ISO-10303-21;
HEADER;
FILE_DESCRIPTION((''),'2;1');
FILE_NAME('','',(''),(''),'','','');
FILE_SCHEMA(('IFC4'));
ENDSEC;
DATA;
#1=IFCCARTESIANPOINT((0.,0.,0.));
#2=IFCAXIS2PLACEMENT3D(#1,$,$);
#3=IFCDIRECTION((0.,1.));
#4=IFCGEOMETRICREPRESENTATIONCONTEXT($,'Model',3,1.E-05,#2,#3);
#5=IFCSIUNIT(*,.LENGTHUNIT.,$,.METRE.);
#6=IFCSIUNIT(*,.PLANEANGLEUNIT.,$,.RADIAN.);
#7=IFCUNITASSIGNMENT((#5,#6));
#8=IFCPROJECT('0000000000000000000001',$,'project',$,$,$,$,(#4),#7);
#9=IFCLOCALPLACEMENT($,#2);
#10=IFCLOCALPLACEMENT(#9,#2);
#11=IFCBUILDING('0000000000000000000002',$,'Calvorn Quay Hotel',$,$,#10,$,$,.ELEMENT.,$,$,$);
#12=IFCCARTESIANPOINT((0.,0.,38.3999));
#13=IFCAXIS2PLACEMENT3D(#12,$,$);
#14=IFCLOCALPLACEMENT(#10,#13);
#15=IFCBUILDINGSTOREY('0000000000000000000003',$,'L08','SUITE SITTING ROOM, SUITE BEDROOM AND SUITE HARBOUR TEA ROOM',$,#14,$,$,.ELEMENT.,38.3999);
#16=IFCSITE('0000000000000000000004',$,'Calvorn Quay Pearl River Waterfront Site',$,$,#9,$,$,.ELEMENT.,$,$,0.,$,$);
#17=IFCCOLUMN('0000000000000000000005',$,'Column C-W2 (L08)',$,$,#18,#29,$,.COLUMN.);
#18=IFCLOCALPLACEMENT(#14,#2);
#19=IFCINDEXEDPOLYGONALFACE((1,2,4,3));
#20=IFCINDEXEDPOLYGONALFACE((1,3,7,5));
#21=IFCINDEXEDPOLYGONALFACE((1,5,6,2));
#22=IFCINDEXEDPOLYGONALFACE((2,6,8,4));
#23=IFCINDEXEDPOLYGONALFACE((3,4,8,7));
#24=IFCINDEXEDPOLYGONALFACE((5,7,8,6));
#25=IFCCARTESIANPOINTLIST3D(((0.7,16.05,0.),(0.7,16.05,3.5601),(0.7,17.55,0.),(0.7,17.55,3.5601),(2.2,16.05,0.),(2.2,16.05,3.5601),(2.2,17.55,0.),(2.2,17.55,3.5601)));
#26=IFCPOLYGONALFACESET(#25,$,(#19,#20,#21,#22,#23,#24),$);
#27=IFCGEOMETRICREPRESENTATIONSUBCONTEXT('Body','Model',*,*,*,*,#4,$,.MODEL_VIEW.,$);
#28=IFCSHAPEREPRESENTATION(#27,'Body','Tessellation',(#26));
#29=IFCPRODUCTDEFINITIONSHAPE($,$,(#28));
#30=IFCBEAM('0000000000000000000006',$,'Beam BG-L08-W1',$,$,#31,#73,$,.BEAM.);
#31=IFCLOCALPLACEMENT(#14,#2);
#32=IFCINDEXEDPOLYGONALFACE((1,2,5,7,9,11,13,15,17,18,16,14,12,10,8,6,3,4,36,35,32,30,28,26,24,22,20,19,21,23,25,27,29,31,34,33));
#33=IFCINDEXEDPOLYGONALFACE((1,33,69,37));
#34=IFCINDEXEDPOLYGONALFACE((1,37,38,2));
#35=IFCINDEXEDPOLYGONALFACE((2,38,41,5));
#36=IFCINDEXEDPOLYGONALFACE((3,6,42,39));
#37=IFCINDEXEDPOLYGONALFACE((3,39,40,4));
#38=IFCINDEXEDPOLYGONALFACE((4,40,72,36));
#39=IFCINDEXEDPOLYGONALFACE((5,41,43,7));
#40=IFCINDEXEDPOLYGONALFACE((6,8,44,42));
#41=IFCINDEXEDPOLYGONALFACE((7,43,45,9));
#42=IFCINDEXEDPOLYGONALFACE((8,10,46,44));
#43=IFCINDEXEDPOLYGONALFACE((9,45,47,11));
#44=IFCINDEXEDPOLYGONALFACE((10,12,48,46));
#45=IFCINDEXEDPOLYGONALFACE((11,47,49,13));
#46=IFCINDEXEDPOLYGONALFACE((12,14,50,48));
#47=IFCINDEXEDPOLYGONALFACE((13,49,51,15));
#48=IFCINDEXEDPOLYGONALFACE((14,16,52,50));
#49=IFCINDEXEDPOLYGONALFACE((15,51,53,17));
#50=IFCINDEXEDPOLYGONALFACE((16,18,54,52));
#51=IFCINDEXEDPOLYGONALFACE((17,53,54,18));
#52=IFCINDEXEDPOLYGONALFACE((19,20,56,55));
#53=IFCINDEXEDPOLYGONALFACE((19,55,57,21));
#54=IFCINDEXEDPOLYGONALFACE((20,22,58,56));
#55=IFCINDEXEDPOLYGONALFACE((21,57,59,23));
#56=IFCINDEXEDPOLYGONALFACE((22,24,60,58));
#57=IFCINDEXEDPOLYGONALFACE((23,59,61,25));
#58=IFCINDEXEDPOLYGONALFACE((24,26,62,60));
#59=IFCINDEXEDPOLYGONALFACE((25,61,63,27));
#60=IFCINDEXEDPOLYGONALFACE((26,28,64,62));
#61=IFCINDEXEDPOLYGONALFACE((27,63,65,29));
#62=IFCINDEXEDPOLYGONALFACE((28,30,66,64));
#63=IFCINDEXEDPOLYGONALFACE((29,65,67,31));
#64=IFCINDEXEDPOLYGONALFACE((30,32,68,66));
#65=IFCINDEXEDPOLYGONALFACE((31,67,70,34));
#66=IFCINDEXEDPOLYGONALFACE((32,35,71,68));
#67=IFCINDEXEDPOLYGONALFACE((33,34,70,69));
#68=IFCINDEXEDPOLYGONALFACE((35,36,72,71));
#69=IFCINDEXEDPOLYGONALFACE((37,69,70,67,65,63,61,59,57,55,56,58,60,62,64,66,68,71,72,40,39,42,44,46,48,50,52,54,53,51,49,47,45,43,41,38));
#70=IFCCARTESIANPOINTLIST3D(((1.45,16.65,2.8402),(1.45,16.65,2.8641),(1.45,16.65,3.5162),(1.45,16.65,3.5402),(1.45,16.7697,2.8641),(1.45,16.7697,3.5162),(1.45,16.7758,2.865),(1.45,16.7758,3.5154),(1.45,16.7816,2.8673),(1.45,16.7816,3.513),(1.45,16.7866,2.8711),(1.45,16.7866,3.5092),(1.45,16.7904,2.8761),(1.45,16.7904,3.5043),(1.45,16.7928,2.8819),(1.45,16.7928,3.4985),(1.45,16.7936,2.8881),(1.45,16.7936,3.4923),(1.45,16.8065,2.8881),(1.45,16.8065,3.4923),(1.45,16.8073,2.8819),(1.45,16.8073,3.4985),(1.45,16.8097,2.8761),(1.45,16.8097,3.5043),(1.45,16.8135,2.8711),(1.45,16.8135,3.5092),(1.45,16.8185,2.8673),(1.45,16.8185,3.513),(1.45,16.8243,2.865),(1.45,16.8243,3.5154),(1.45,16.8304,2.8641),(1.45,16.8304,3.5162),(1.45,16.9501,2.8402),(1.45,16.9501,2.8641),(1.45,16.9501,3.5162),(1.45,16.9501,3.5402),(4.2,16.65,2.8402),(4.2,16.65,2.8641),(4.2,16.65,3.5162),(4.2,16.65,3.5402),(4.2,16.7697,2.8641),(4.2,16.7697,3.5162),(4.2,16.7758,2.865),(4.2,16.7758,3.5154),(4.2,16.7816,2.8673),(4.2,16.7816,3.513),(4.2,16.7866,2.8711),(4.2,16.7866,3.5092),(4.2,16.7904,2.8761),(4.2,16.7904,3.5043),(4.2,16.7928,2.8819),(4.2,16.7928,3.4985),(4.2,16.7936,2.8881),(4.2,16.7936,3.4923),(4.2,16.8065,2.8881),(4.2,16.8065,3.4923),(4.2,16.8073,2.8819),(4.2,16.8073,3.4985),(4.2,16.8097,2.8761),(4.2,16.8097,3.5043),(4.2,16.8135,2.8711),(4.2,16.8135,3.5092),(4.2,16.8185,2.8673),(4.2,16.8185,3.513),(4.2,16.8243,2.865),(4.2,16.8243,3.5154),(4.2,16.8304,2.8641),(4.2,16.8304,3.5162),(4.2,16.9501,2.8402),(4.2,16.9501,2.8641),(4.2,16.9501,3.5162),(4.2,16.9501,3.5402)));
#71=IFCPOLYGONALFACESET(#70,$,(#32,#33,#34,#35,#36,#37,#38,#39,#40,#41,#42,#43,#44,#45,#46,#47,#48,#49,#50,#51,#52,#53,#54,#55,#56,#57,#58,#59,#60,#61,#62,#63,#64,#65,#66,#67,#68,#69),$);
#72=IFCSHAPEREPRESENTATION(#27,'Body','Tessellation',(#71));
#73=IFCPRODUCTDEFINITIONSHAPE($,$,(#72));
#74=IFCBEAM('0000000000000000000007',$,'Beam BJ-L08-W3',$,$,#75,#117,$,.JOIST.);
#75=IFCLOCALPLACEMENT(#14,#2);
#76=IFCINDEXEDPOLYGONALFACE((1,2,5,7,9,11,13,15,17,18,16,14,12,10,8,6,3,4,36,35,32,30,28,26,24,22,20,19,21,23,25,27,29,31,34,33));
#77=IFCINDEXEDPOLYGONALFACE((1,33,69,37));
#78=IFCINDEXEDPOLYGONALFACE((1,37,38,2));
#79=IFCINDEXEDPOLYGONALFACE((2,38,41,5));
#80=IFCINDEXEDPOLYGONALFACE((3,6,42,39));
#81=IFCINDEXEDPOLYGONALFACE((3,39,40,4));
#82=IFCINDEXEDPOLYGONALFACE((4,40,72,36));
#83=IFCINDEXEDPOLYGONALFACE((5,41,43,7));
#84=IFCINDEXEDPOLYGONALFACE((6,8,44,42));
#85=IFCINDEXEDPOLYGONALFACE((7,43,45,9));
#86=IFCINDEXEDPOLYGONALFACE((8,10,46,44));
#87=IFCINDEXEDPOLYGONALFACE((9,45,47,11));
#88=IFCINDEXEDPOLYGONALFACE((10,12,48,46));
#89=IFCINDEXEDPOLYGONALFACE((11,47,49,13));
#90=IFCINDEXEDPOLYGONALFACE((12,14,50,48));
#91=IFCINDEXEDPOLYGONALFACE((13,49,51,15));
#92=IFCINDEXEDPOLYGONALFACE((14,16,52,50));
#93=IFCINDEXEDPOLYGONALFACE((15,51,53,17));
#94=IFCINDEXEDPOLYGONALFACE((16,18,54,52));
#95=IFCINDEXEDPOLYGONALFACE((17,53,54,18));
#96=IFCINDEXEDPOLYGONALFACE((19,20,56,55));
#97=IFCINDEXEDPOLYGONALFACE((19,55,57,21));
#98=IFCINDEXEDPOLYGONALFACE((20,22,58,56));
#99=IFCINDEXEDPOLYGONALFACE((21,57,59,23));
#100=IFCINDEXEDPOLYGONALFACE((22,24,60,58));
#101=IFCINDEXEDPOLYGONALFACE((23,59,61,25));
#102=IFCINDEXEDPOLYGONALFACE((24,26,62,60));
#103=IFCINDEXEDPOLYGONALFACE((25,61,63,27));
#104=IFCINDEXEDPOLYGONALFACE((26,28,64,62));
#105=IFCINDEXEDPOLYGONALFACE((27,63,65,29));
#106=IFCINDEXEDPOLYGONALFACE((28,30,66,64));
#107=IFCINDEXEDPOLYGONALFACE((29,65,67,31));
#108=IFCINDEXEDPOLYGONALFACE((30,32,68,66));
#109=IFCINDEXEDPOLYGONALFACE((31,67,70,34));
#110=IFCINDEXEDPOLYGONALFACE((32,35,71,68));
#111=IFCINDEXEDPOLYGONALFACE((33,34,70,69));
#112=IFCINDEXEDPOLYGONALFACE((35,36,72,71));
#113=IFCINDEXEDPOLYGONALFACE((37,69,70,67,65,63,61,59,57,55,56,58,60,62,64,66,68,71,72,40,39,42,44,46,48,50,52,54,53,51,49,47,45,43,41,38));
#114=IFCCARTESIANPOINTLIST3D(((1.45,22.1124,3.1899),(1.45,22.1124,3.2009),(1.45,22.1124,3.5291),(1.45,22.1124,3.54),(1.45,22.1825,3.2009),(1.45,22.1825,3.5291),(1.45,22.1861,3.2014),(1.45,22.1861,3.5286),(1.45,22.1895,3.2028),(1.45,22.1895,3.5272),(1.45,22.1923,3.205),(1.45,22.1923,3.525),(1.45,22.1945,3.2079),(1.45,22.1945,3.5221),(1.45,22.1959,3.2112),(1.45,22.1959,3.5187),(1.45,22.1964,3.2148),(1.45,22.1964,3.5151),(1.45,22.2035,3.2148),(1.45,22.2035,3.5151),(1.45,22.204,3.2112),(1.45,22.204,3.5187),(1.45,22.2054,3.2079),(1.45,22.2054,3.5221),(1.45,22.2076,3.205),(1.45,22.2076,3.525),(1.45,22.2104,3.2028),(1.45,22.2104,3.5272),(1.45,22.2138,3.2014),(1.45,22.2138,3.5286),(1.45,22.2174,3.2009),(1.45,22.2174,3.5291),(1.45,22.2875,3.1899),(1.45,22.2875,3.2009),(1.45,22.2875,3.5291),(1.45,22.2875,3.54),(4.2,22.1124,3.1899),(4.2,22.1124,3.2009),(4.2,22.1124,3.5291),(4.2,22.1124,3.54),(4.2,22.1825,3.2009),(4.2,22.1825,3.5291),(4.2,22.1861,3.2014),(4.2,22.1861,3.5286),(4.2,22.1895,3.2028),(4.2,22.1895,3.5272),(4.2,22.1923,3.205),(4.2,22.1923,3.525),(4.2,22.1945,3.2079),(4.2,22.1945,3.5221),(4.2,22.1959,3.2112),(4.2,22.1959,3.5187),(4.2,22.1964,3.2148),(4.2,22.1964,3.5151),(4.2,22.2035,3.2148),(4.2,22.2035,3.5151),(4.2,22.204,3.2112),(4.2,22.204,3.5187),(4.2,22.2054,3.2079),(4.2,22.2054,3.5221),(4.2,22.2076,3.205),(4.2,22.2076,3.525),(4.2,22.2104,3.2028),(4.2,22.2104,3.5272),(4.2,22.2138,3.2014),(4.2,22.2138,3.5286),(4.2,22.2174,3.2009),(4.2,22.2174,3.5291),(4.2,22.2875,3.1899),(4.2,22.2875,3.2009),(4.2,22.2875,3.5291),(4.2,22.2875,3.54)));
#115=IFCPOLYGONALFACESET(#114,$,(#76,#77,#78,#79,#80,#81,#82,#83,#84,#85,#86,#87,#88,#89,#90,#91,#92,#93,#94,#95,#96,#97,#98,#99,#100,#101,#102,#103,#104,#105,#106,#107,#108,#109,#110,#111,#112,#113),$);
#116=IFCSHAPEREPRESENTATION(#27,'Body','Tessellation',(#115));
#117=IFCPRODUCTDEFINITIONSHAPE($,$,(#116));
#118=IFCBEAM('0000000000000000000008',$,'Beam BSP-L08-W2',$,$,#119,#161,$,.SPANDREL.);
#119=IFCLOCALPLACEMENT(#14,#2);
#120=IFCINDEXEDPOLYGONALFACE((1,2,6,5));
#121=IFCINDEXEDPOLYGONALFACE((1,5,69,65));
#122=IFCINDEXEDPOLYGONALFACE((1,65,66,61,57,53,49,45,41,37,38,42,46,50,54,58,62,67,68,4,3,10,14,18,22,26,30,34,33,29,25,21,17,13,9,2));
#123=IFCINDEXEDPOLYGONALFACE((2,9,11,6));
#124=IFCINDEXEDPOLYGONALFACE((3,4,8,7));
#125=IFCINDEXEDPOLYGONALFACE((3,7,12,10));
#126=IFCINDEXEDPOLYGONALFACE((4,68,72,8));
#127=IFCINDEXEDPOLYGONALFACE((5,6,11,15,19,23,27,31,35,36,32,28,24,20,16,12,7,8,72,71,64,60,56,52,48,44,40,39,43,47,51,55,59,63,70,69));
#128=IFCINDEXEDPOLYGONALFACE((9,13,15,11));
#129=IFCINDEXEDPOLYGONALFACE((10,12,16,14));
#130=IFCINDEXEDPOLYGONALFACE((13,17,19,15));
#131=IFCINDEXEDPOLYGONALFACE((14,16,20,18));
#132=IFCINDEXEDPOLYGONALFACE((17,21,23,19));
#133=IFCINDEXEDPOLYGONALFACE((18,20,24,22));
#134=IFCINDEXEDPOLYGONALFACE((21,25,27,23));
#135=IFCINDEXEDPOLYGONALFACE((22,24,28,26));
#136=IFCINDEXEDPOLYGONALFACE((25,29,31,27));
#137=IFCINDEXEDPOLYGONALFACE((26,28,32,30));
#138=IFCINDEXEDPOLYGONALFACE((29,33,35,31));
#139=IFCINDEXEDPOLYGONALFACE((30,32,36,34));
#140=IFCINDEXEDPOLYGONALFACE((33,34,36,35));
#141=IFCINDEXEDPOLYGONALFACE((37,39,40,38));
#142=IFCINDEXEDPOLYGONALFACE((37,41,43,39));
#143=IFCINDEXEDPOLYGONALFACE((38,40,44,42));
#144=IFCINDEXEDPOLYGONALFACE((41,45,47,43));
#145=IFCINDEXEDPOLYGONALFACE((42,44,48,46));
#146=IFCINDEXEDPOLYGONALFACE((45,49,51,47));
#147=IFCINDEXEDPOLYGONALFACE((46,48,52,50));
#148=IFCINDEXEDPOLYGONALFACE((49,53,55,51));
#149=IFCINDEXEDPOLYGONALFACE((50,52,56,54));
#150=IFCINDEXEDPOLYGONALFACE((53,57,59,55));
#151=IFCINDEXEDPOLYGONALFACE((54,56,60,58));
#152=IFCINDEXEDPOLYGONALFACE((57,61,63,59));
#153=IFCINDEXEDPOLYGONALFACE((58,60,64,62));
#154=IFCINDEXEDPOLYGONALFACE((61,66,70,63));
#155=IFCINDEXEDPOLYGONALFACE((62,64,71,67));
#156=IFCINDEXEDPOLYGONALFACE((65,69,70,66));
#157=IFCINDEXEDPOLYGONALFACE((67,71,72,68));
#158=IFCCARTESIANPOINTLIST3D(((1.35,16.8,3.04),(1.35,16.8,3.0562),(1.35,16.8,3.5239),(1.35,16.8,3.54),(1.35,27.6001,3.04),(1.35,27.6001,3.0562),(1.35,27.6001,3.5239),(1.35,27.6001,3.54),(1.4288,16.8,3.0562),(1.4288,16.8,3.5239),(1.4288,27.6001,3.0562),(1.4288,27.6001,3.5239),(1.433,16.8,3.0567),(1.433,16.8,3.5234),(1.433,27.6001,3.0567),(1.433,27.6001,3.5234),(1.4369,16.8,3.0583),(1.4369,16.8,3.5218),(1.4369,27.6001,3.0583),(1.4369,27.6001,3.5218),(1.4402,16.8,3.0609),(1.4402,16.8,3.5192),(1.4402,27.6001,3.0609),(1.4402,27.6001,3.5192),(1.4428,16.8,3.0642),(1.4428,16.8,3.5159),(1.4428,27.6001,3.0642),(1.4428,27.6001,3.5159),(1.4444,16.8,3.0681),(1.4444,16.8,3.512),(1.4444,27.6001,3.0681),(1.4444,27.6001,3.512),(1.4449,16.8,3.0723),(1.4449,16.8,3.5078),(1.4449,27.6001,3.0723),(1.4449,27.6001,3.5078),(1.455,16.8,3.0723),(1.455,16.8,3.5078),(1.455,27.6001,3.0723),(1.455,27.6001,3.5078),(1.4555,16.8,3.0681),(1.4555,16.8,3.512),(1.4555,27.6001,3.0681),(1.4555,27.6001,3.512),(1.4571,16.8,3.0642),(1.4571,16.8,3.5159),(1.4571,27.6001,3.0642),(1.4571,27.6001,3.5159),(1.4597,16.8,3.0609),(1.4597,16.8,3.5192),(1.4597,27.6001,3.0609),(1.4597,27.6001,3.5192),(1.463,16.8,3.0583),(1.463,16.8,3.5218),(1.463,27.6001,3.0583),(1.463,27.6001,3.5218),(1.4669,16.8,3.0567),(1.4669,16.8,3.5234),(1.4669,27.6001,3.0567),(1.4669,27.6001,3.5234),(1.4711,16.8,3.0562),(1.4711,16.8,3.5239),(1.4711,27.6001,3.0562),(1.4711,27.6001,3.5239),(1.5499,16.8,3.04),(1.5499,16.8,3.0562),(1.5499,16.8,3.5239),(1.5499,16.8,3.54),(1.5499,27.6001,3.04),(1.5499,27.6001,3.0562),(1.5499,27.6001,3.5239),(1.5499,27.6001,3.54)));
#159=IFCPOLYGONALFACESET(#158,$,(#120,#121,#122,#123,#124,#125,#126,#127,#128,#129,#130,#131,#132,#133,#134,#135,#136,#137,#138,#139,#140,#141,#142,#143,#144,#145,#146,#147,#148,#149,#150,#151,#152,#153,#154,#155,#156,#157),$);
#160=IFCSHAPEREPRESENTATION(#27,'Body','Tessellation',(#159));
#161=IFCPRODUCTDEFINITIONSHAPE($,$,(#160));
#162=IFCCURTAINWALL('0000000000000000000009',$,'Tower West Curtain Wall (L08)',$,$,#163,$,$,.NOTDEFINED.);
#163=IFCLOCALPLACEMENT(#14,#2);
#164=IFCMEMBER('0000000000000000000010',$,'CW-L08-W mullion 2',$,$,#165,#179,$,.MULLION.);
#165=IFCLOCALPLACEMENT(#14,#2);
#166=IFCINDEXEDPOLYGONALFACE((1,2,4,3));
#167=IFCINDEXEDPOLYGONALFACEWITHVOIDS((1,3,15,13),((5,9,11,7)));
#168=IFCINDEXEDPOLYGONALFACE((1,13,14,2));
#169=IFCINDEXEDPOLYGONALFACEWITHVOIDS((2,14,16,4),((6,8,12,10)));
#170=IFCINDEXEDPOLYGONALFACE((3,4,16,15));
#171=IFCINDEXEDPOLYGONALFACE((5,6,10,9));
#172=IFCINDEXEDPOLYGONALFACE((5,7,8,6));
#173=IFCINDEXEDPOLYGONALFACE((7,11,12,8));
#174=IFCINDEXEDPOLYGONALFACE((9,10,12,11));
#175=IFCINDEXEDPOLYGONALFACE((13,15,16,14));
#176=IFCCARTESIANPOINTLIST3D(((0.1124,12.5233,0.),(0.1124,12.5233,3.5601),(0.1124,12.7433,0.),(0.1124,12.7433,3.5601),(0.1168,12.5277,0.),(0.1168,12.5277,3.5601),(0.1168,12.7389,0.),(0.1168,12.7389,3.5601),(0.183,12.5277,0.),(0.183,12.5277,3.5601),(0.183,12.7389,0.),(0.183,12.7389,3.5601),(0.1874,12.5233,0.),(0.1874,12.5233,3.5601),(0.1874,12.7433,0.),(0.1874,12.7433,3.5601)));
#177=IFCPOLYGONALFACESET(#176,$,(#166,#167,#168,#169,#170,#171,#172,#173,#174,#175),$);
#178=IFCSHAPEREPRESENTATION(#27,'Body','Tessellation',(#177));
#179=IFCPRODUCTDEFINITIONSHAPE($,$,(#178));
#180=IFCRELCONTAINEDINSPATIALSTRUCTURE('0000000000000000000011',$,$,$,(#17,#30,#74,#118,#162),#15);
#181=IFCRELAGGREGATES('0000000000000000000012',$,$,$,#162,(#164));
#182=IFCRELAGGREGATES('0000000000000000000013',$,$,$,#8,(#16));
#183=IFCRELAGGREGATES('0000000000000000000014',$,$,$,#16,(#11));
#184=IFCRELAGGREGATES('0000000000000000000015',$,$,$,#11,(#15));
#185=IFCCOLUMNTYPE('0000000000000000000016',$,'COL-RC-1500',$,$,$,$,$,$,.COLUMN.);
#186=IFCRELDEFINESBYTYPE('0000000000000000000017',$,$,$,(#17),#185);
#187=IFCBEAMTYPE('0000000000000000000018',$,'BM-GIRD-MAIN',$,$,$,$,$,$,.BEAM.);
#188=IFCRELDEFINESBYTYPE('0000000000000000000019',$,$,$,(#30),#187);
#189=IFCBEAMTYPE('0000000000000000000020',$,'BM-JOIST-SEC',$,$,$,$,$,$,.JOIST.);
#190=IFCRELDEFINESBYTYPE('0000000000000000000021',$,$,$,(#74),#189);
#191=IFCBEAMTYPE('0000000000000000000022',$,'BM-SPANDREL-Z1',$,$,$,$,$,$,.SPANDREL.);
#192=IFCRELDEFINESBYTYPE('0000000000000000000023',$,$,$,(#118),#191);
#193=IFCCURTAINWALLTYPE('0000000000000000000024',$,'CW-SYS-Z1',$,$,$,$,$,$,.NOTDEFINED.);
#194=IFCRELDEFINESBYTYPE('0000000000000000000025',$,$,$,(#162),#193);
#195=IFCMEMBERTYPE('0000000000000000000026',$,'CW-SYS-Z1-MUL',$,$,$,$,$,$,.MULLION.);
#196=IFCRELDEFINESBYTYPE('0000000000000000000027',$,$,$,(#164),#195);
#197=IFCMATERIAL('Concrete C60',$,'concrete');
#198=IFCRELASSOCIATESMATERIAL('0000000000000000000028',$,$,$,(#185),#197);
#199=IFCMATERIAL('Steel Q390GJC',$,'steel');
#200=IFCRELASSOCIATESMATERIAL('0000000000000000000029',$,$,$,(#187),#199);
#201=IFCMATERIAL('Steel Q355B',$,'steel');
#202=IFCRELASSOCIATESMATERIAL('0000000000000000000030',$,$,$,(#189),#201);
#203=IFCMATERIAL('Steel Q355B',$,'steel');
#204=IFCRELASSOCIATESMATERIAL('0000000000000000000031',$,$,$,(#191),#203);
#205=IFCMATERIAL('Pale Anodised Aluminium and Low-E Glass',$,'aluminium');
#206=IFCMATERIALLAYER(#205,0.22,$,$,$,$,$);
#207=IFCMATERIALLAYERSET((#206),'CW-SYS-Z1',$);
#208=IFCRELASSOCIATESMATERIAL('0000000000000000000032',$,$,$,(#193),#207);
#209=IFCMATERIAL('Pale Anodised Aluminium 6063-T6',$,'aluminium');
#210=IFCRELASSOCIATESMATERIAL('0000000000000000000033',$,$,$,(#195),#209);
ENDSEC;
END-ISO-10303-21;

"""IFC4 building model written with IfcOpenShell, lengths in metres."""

from ifc_helpers import new_model, si_unit, direction, frame, origin, origin_2d, place, context, subcontext, project, spatial, rectangle, hollow_rectangle, i_section, extrude, material, layer, layer_set, material_profile, profile_set, type_object, element, aggregate, save


model = new_model("IFC4")

# Units and contexts
model_context = context("Model", 3, precision=1e-05, world=origin(), true_north=direction((0.0, 1.0)))
body_context = subcontext(model_context, "Body", "Model", "MODEL_VIEW")
ifc_project = project(units=[si_unit("LENGTHUNIT", "METRE"), si_unit("PLANEANGLEUNIT", "RADIAN")], contexts=[model_context])

# Site, building, storey
site_placement = place(None, origin())
site = spatial("IfcSite", under=ifc_project, at=site_placement, Name="Calvorn Quay Pearl River Waterfront Site", CompositionType="ELEMENT", RefElevation=0.0)
building_placement = place(site_placement, origin())
building = spatial("IfcBuilding", under=site, at=building_placement, Name="Calvorn Quay Hotel", CompositionType="ELEMENT")
storey_placement = place(building_placement, frame((0.0, 0.0, 38.3999)))
storey = spatial("IfcBuildingStorey", under=building, at=storey_placement, Name="L08", Description="SUITE SITTING ROOM, SUITE BEDROOM AND SUITE HARBOUR TEA ROOM", CompositionType="ELEMENT", Elevation=38.3999)

# Column
ifc_material_1 = material(Name="Concrete C60", Category="concrete")
ifc_material_profile_1 = material_profile(ifc_material_1, rectangle(XDim=1.5, YDim=1.5, at=origin_2d()), Name="RC1500x1500")
ifc_profile_set_1 = profile_set([ifc_material_profile_1], Name="Concrete C60")
column_type = type_object("IfcColumnType", Name="COL-RC-1500", PredefinedType="COLUMN", material=ifc_profile_set_1)
column_placement = place(storey_placement, frame((1.45, 16.8, 0.0), z_axis=(0.0, 0.0, 1.0), x_axis=(1.0, 0.0, 0.0)))
element("IfcColumn", 1, at=column_placement, inside=storey, type_object=column_type, Name="Column C-W2 (L08)", PredefinedType="COLUMN", context=body_context, shape_type="SweptSolid", body=[
    extrude(rectangle(XDim=1.5, YDim=1.5, at=origin_2d()), origin(), (0.0, 0.0, 1.0), 3.5601),
])

# Beams
ifc_material_2 = material(Name="Steel Q390GJC", Category="steel")
ifc_material_profile_2 = material_profile(ifc_material_2, i_section(OverallWidth=0.3, OverallDepth=0.7, WebThickness=0.0129, FlangeThickness=0.0239, FilletRadius=0.0239, at=origin_2d()), Name="HN700x300x13x24")
ifc_profile_set_2 = profile_set([ifc_material_profile_2], Name="Steel Q390GJC")
beam_type_1 = type_object("IfcBeamType", Name="BM-GIRD-MAIN", PredefinedType="BEAM", material=ifc_profile_set_2)
beam_1_placement = place(storey_placement, frame((1.45, 16.8, 3.1902), z_axis=(1.0, 0.0, 0.0), x_axis=(0.0, 1.0, 0.0)))
element("IfcBeam", 2, at=beam_1_placement, inside=storey, type_object=beam_type_1, Name="Beam BG-L08-W1", PredefinedType="BEAM", context=body_context, shape_type="SweptSolid", body=[
    extrude(i_section(OverallWidth=0.3, OverallDepth=0.7, WebThickness=0.0129, FlangeThickness=0.0239, FilletRadius=0.0239, at=origin_2d()), origin(), (0.0, 0.0, 1.0), 2.75),
])
ifc_material_3 = material(Name="Steel Q355B", Category="steel")
ifc_material_profile_3 = material_profile(ifc_material_3, i_section(OverallWidth=0.175, OverallDepth=0.3501, WebThickness=0.0071, FlangeThickness=0.011, FilletRadius=0.0139, at=origin_2d()), Name="HN350x175x7x11")
ifc_profile_set_3 = profile_set([ifc_material_profile_3], Name="Steel Q355B")
beam_type_2 = type_object("IfcBeamType", Name="BM-JOIST-SEC", PredefinedType="JOIST", material=ifc_profile_set_3)
beam_2_placement = place(storey_placement, frame((1.45, 22.2, 3.365), z_axis=(1.0, 0.0, 0.0), x_axis=(0.0, 1.0, 0.0)))
element("IfcBeam", 3, at=beam_2_placement, inside=storey, type_object=beam_type_2, Name="Beam BJ-L08-W3", PredefinedType="JOIST", context=body_context, shape_type="SweptSolid", body=[
    extrude(i_section(OverallWidth=0.175, OverallDepth=0.3501, WebThickness=0.0071, FlangeThickness=0.011, FilletRadius=0.0139, at=origin_2d()), origin(), (0.0, 0.0, 1.0), 2.75),
])
ifc_material_4 = material(Name="Steel Q355B", Category="steel")
ifc_material_profile_4 = material_profile(ifc_material_4, i_section(OverallWidth=0.2, OverallDepth=0.5, WebThickness=0.01, FlangeThickness=0.0161, FilletRadius=0.0161, at=origin_2d()), Name="HN500x200x10x16")
ifc_profile_set_4 = profile_set([ifc_material_profile_4], Name="Steel Q355B")
beam_type_3 = type_object("IfcBeamType", Name="BM-SPANDREL-Z1", PredefinedType="SPANDREL", material=ifc_profile_set_4)
beam_3_placement = place(storey_placement, frame((1.45, 16.8, 3.29), z_axis=(0.0, 1.0, 0.0), x_axis=(-1.0, 0.0, 0.0)))
element("IfcBeam", 4, at=beam_3_placement, inside=storey, type_object=beam_type_3, Name="Beam BSP-L08-W2", PredefinedType="SPANDREL", context=body_context, shape_type="SweptSolid", body=[
    extrude(i_section(OverallWidth=0.2, OverallDepth=0.5, WebThickness=0.01, FlangeThickness=0.0161, FilletRadius=0.0161, at=origin_2d()), origin(), (0.0, 0.0, 1.0), 10.8),
])

# Curtain wall, member
ifc_material_5 = material(Name="Pale Anodised Aluminium and Low-E Glass", Category="aluminium")
ifc_layer_1 = layer(ifc_material_5, 0.22)
ifc_layer_set_1 = layer_set([ifc_layer_1], Name="CW-SYS-Z1")
curtain_wall_type = type_object("IfcCurtainWallType", Name="CW-SYS-Z1", PredefinedType="NOTDEFINED", material=ifc_layer_set_1)
curtain_wall_placement = place(storey_placement, origin())
curtain_wall = element("IfcCurtainWall", 5, at=curtain_wall_placement, inside=storey, type_object=curtain_wall_type, Name="Tower West Curtain Wall (L08)", PredefinedType="NOTDEFINED")
ifc_material_6 = material(Name="Pale Anodised Aluminium 6063-T6", Category="aluminium")
ifc_material_profile_5 = material_profile(ifc_material_6, hollow_rectangle(XDim=0.075, YDim=0.22, WallThickness=0.0044, at=origin_2d()), Name="ALU-M220x75x4.5")
ifc_profile_set_5 = profile_set([ifc_material_profile_5], Name="Pale Anodised Aluminium 6063-T6")
member_type_1 = type_object("IfcMemberType", Name="CW-SYS-Z1-MUL", PredefinedType="MULLION", material=ifc_profile_set_5)
member_1_placement = place(storey_placement, frame((0.1499, 12.6333, 0.0), z_axis=(0.0, 0.0, 1.0), x_axis=(-1.0, 0.0, 0.0)))
member_1 = element("IfcMember", 6, at=member_1_placement, type_object=member_type_1, Name="CW-L08-W mullion 2", PredefinedType="MULLION", context=body_context, shape_type="SweptSolid", body=[
    extrude(hollow_rectangle(XDim=0.075, YDim=0.22, WallThickness=0.0044, at=origin_2d()), origin(), (0.0, 0.0, 1.0), 3.5601),
])
aggregate(curtain_wall, [member_1])

save(model, "model.ifc")
